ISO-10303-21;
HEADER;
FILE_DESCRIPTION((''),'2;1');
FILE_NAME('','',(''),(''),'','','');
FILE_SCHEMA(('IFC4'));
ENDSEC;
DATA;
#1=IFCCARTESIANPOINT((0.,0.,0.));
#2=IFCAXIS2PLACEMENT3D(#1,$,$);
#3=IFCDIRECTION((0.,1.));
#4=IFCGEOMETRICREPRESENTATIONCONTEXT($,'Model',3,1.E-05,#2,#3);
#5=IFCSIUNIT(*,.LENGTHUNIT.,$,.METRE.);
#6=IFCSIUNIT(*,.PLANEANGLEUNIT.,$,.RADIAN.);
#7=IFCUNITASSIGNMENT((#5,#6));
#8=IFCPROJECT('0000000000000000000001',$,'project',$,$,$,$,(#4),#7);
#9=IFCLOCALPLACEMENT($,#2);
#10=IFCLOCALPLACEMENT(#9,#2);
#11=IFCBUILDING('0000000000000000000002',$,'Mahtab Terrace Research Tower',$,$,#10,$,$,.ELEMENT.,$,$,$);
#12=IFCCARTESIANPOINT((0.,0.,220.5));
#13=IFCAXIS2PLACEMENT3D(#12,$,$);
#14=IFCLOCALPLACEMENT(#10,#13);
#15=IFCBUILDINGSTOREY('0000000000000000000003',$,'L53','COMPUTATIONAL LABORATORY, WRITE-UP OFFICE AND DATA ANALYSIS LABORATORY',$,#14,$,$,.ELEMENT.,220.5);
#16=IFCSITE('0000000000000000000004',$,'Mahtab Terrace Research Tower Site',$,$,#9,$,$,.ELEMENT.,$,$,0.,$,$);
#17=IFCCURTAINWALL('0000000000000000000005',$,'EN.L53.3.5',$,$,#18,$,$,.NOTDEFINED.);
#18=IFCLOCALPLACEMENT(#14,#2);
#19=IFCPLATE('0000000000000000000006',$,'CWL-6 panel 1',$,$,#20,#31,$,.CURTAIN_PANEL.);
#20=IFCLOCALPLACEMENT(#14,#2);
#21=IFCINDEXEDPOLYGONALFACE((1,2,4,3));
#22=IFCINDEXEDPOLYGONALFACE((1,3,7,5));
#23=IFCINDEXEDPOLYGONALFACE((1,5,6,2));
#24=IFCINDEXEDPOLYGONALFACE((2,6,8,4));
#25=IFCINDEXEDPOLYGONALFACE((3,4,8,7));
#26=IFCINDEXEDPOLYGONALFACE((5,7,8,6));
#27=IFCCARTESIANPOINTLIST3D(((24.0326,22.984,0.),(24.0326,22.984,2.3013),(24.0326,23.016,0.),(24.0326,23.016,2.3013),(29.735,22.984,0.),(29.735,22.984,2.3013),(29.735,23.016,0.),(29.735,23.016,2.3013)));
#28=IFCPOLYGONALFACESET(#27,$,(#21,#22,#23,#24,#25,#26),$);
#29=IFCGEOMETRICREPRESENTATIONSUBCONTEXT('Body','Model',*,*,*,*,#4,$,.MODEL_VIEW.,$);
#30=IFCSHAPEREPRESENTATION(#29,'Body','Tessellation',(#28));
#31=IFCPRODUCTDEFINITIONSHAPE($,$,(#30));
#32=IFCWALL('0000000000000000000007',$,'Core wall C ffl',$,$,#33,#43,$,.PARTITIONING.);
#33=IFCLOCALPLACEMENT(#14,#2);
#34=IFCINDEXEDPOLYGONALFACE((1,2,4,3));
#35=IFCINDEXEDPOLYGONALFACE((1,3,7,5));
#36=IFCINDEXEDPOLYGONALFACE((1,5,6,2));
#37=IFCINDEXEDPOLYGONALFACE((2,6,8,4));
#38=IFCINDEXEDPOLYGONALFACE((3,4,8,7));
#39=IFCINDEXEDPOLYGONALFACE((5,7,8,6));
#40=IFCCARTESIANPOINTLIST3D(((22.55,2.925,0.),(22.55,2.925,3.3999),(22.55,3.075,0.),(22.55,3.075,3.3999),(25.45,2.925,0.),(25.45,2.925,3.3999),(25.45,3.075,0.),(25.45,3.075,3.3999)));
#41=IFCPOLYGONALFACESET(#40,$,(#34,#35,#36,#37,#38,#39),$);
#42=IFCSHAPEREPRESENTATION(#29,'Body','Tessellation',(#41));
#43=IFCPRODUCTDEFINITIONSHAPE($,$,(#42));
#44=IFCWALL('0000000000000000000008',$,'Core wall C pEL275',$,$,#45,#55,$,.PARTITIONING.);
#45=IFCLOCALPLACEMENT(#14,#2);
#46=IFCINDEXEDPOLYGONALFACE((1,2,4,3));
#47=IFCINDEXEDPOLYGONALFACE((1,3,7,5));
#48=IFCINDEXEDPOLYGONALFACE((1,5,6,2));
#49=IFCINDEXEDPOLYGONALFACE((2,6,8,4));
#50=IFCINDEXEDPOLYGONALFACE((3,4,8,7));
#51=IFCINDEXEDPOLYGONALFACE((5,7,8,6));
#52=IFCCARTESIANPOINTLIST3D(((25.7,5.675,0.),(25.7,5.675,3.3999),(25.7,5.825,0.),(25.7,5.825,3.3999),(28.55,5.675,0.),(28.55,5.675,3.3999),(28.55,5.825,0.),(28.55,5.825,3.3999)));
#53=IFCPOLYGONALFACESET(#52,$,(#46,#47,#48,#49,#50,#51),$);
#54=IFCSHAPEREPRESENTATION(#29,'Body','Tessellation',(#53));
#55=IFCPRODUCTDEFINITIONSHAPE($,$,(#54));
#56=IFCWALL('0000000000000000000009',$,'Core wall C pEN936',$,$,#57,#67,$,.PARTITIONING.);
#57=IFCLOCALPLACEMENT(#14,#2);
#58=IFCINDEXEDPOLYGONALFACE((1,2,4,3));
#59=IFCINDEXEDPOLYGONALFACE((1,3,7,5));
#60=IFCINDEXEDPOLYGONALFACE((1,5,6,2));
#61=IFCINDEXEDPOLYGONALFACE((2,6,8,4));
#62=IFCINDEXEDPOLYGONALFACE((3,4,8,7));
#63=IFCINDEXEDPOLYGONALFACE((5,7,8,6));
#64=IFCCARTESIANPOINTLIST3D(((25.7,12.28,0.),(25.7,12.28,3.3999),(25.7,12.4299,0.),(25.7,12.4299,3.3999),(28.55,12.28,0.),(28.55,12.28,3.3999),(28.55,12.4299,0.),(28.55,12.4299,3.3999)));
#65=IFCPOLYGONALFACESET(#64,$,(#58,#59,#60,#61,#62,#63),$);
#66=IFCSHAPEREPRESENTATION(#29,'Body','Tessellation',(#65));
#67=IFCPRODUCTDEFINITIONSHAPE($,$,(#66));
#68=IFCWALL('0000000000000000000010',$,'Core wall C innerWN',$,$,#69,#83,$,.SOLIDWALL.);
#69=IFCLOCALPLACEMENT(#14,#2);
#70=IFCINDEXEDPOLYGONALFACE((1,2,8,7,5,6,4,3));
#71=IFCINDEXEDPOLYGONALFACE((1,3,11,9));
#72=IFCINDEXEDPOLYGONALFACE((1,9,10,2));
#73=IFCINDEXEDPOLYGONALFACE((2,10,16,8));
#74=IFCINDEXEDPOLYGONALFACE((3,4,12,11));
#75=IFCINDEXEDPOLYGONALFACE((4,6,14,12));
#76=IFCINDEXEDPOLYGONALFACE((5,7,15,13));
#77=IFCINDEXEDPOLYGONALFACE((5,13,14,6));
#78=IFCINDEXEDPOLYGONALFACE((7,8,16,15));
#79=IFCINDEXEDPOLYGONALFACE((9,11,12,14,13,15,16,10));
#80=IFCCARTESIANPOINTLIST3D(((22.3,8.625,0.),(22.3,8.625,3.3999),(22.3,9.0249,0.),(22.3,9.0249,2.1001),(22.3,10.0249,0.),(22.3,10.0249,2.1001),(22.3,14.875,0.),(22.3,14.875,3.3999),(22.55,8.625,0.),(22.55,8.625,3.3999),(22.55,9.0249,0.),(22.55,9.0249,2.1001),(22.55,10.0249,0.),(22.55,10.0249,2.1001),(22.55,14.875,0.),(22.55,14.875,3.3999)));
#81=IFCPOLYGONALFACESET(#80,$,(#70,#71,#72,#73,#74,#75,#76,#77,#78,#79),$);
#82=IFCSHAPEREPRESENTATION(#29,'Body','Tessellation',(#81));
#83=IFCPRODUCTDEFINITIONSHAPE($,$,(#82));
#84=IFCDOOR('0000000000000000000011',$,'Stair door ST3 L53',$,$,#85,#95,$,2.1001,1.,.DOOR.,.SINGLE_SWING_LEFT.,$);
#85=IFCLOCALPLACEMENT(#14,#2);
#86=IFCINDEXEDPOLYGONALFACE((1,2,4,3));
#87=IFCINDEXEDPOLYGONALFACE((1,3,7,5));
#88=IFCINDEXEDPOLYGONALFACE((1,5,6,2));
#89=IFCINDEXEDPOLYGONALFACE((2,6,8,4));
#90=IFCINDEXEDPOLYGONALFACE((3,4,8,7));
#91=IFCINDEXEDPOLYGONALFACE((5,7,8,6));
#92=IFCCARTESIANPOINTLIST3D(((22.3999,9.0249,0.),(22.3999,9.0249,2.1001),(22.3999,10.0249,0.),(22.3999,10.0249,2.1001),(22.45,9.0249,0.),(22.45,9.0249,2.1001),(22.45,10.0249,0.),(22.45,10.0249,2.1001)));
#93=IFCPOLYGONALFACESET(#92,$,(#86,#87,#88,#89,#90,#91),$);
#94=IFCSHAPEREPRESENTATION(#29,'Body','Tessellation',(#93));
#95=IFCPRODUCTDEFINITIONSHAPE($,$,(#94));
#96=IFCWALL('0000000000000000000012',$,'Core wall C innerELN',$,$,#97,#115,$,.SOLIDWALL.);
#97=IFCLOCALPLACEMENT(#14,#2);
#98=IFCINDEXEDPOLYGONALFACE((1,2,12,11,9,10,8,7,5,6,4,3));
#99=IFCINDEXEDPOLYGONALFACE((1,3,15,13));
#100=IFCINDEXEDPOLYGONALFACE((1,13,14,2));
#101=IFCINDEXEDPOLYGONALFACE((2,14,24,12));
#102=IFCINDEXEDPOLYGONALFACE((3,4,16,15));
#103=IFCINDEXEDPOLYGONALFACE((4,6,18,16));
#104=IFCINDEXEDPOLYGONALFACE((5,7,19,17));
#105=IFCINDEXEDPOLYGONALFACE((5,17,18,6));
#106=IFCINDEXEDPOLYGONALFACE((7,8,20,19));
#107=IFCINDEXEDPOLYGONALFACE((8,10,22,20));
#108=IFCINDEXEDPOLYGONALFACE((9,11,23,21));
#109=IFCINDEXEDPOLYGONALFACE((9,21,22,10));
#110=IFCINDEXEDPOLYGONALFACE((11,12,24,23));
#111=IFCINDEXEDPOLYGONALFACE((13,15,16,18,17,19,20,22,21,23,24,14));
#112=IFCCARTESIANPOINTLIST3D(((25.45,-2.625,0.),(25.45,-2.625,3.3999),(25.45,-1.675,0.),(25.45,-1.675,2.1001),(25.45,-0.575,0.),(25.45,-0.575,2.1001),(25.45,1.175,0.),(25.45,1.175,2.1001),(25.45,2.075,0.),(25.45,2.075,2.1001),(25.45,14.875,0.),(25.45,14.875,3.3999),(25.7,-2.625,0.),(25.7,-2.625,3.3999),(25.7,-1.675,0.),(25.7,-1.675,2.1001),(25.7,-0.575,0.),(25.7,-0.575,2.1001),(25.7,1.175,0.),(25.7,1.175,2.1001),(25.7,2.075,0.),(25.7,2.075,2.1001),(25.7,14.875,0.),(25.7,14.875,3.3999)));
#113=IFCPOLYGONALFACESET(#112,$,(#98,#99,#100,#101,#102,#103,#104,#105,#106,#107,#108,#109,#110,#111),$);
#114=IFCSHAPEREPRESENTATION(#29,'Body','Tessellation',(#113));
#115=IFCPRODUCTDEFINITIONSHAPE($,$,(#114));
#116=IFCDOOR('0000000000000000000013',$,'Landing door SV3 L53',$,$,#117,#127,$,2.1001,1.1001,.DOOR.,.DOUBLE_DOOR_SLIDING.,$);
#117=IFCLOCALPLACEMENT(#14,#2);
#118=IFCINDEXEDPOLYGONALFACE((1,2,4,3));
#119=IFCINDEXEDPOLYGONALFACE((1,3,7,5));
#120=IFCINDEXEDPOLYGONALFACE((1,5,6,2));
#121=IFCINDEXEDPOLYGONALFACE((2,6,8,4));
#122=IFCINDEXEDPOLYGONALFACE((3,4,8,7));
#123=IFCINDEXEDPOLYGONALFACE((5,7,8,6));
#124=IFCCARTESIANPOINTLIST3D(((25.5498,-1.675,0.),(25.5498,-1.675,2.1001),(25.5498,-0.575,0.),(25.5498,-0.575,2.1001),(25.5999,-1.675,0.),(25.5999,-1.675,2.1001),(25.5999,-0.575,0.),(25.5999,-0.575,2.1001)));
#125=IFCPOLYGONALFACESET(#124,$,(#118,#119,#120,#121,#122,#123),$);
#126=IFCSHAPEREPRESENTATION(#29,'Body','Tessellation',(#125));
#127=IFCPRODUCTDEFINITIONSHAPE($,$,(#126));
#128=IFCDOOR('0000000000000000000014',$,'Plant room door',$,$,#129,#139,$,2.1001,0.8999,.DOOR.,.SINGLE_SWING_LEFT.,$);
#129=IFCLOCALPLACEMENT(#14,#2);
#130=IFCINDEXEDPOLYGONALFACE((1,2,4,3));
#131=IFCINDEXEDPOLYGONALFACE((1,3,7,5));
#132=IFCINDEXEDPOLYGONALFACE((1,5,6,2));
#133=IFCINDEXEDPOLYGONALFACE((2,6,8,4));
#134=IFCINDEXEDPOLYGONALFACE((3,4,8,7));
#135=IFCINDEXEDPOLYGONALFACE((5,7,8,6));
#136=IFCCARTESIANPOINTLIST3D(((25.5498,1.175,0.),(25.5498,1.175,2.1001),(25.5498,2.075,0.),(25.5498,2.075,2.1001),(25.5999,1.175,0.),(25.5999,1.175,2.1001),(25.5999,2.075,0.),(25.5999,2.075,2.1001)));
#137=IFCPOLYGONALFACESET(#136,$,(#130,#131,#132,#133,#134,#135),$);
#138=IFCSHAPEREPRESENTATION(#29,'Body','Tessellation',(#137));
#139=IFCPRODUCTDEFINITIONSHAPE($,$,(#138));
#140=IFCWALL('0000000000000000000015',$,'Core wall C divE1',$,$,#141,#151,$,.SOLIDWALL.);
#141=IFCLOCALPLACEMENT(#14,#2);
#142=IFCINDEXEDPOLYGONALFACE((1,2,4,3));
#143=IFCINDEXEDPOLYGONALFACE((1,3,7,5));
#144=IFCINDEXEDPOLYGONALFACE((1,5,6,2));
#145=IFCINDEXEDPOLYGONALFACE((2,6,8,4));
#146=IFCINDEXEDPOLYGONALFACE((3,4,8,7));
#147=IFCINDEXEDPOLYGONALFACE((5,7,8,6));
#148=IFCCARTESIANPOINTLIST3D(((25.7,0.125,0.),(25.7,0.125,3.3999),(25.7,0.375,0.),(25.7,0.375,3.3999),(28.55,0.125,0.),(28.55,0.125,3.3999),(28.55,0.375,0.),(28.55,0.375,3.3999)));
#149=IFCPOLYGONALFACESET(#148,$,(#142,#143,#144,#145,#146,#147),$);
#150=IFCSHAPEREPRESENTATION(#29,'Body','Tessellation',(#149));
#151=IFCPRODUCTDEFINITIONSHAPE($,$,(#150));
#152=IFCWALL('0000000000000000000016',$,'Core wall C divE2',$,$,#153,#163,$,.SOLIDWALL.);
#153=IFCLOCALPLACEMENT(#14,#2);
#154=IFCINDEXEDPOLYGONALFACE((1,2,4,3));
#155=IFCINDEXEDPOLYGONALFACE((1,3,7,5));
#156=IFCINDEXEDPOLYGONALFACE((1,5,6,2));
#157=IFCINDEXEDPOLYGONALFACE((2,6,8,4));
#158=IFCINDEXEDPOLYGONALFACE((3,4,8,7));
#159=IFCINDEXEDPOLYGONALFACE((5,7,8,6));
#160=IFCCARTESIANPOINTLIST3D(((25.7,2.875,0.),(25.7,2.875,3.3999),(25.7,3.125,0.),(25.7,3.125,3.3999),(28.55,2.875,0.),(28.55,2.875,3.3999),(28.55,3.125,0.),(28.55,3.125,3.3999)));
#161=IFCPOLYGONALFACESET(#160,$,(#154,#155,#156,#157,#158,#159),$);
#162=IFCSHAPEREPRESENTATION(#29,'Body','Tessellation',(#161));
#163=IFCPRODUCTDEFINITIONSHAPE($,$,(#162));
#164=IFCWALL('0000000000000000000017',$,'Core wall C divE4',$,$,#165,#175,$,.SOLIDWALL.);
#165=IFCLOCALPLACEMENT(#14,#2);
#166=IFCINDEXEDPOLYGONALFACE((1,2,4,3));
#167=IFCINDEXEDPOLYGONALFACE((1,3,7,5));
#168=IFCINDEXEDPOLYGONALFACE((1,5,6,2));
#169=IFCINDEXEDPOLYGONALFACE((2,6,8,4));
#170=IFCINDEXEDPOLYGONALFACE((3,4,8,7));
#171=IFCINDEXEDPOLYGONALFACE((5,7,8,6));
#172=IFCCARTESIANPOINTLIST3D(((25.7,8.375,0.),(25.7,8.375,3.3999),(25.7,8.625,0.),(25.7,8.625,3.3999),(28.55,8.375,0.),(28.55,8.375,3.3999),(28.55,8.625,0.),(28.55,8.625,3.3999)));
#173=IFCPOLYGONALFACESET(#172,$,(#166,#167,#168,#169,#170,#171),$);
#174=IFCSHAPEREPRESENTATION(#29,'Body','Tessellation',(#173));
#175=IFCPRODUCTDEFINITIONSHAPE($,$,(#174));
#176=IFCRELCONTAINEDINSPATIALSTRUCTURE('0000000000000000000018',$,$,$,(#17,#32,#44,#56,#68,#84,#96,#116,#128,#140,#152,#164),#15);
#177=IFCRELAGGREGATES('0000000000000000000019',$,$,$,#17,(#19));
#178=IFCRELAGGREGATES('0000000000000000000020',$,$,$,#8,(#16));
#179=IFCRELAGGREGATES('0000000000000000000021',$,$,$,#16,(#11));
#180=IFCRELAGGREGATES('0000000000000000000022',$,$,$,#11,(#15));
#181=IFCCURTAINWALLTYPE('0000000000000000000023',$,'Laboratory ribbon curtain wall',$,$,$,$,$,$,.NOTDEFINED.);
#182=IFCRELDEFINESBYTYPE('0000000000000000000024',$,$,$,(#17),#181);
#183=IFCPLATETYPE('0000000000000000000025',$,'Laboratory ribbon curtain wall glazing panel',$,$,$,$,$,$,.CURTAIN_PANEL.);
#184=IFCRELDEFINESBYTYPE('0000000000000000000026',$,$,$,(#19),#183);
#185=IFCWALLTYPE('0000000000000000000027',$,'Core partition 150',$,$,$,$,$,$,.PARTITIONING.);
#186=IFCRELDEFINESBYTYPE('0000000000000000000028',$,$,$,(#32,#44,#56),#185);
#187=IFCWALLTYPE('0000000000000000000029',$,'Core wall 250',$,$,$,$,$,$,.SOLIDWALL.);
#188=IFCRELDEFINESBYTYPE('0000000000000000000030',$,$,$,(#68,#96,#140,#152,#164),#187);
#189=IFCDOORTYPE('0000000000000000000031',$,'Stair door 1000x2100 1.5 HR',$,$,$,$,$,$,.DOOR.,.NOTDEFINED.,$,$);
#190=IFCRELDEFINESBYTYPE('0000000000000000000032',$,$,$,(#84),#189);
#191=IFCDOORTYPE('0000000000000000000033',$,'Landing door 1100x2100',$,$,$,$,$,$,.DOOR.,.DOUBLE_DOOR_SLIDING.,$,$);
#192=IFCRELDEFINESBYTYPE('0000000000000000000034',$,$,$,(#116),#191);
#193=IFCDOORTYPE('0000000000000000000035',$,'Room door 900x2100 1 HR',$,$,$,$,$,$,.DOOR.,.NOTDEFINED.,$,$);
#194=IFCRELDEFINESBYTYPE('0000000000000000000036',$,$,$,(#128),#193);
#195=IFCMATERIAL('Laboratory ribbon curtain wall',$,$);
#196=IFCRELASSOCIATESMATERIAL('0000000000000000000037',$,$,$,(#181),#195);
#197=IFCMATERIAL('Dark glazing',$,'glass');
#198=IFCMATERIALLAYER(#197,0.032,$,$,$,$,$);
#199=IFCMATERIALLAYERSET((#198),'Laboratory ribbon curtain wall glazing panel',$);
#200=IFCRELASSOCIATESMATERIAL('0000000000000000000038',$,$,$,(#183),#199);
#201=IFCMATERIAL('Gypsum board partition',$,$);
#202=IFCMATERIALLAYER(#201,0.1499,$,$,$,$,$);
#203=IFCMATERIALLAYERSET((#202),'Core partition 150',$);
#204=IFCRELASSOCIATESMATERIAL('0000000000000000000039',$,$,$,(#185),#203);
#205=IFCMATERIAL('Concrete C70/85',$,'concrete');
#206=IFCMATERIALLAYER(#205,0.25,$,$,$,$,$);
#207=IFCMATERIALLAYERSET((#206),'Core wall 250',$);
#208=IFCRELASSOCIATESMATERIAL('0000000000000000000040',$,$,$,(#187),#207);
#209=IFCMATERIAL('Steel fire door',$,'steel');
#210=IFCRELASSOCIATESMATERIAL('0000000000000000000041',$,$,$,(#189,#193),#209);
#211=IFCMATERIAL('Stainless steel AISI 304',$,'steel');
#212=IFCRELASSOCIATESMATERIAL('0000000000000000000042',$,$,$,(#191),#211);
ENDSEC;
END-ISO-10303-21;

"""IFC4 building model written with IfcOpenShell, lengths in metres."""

from ifc_helpers import new_model, si_unit, direction, frame, frame_2d, origin, origin_2d, place, context, subcontext, project, spatial, rectangle, extrude, material, layer, layer_set, type_object, element, fill, aggregate, save


model = new_model("IFC4")

# Units and contexts
model_context = context("Model", 3, precision=1e-05, world=origin(), true_north=direction((0.0, 1.0)))
body_context = subcontext(model_context, "Body", "Model", "MODEL_VIEW")
ifc_project = project(units=[si_unit("LENGTHUNIT", "METRE"), si_unit("PLANEANGLEUNIT", "RADIAN")], contexts=[model_context])

# Site, building, storey
site_placement = place(None, origin())
site = spatial("IfcSite", under=ifc_project, at=site_placement, Name="Mahtab Terrace Research Tower Site", CompositionType="ELEMENT", RefElevation=0.0)
building_placement = place(site_placement, origin())
building = spatial("IfcBuilding", under=site, at=building_placement, Name="Mahtab Terrace Research Tower", CompositionType="ELEMENT")
storey_placement = place(building_placement, frame((0.0, 0.0, 220.5)))
storey = spatial("IfcBuildingStorey", under=building, at=storey_placement, Name="L53", Description="COMPUTATIONAL LABORATORY, WRITE-UP OFFICE AND DATA ANALYSIS LABORATORY", CompositionType="ELEMENT", Elevation=220.5)

# Shared definitions
ifc_material_1 = material(Name="Concrete C70/85", Category="concrete")

# Curtain wall
ifc_material_2 = material(Name="Laboratory ribbon curtain wall")
curtain_wall_type = type_object("IfcCurtainWallType", Name="Laboratory ribbon curtain wall", PredefinedType="NOTDEFINED", material=ifc_material_2)
curtain_wall_placement = place(storey_placement, origin())
curtain_wall = element("IfcCurtainWall", 1, at=curtain_wall_placement, inside=storey, type_object=curtain_wall_type, Name="EN.L53.3.5", PredefinedType="NOTDEFINED")

# Plate
ifc_material_3 = material(Name="Dark glazing", Category="glass")
ifc_layer_1 = layer(ifc_material_3, 0.032)
ifc_layer_set_1 = layer_set([ifc_layer_1], Name="Laboratory ribbon curtain wall glazing panel")
plate_type = type_object("IfcPlateType", Name="Laboratory ribbon curtain wall glazing panel", PredefinedType="CURTAIN_PANEL", material=ifc_layer_set_1)
plate_placement = place(storey_placement, frame((26.8838, 23.0, 0.0), z_axis=(0.0, 0.0, 1.0), x_axis=(-1.0, 0.0, 0.0)))
plate = element("IfcPlate", 2, at=plate_placement, type_object=plate_type, Name="CWL-6 panel 1", PredefinedType="CURTAIN_PANEL", context=body_context, shape_type="SweptSolid", body=[
    extrude(rectangle(XDim=5.7024, YDim=0.032, at=origin_2d()), origin(), (0.0, 0.0, 1.0), 2.3013),
])
aggregate(curtain_wall, [plate])

# Walls
ifc_material_4 = material(Name="Gypsum board partition")
ifc_layer_2 = layer(ifc_material_4, 0.1499)
ifc_layer_set_2 = layer_set([ifc_layer_2], Name="Core partition 150")
wall_type_1 = type_object("IfcWallType", Name="Core partition 150", PredefinedType="PARTITIONING", material=ifc_layer_set_2)
wall_1_placement = place(storey_placement, frame((22.55, 3.0, 0.0), z_axis=(0.0, 0.0, 1.0), x_axis=(1.0, 0.0, 0.0)))
element("IfcWall", 3, at=wall_1_placement, inside=storey, type_object=wall_type_1, Name="Core wall C ffl", PredefinedType="PARTITIONING", context=body_context, shape_type="SweptSolid", body=[
    extrude(rectangle(XDim=2.8999, YDim=0.1499, at=frame_2d((1.45, 0.0))), origin(), (0.0, 0.0, 1.0), 3.3999),
])
for number, where, z_axis, x_axis, name in (
    (4, (25.7, 5.75, 0.0), (0.0, 0.0, 1.0), (1.0, 0.0, 0.0), "Core wall C pEL275"),
    (5, (25.7, 12.355, 0.0), (0.0, 0.0, 1.0), (1.0, 0.0, 0.0), "Core wall C pEN936"),
):
    element("IfcWall", number, at=place(storey_placement, frame(where, z_axis=z_axis, x_axis=x_axis)), inside=storey, type_object=wall_type_1, Name=name, PredefinedType="PARTITIONING", context=body_context, shape_type="SweptSolid", body=[
        extrude(rectangle(XDim=2.8501, YDim=0.1499, at=frame_2d((1.425, 0.0))), origin(), (0.0, 0.0, 1.0), 3.3999),
    ])

# Wall, opening, door
ifc_layer_3 = layer(ifc_material_1, 0.25)
ifc_layer_set_3 = layer_set([ifc_layer_3], Name="Core wall 250")
wall_type_2 = type_object("IfcWallType", Name="Core wall 250", PredefinedType="SOLIDWALL", material=ifc_layer_set_3)
wall_2_placement = place(storey_placement, frame((22.425, 14.875, 0.0), z_axis=(0.0, 0.0, 1.0), x_axis=(0.0, -1.0, 0.0)))
wall_2 = element("IfcWall", 6, at=wall_2_placement, inside=storey, type_object=wall_type_2, Name="Core wall C innerWN", PredefinedType="SOLIDWALL", context=body_context, shape_type="SweptSolid", body=[
    extrude(rectangle(XDim=6.25, YDim=0.25, at=frame_2d((3.125, 0.0))), origin(), (0.0, 0.0, 1.0), 3.3999),
])
opening_1_placement = place(wall_2_placement, frame((4.8501, 0.0, 0.0)))
opening_1 = element("IfcOpeningElement", 7, at=opening_1_placement, cuts=wall_2, PredefinedType="OPENING", context=body_context, shape_type="SweptSolid", body=[
    extrude(rectangle(XDim=1.0, YDim=2.1001, at=frame_2d((0.5, 1.05))), frame((0.0, 0.135, 0.0), z_axis=(0.0, -1.0, 0.0), x_axis=(1.0, 0.0, 0.0)), (0.0, 0.0, 1.0), 0.27),
])
ifc_material_5 = material(Name="Steel fire door", Category="steel")
door_type_1 = type_object("IfcDoorType", Name="Stair door 1000x2100 1.5 HR", OperationType="NOTDEFINED", PredefinedType="DOOR", material=ifc_material_5)
door_1_placement = place(opening_1_placement, origin())
door_1 = element("IfcDoor", 8, at=door_1_placement, inside=storey, type_object=door_type_1, Name="Stair door ST3 L53", OperationType="SINGLE_SWING_LEFT", OverallHeight=2.1001, OverallWidth=1.0, PredefinedType="DOOR", context=body_context, shape_type="SweptSolid", body=[
    extrude(rectangle(XDim=1.0, YDim=2.1001, at=frame_2d((0.5, 1.05))), frame((0.0, 0.0249, 0.0), z_axis=(0.0, -1.0, 0.0), x_axis=(1.0, 0.0, 0.0)), (0.0, 0.0, 1.0), 0.05),
])
fill(opening_1, door_1)

# Wall, openings, doors
wall_3_placement = place(storey_placement, frame((25.575, 14.875, 0.0), z_axis=(0.0, 0.0, 1.0), x_axis=(0.0, -1.0, 0.0)))
wall_3 = element("IfcWall", 9, at=wall_3_placement, inside=storey, type_object=wall_type_2, Name="Core wall C innerELN", PredefinedType="SOLIDWALL", context=body_context, shape_type="SweptSolid", body=[
    extrude(rectangle(XDim=17.5, YDim=0.25, at=frame_2d((8.75, 0.0))), origin(), (0.0, 0.0, 1.0), 3.3999),
])
opening_2_placement = place(wall_3_placement, frame((15.45, 0.0, 0.0)))
opening_2 = element("IfcOpeningElement", 10, at=opening_2_placement, cuts=wall_3, PredefinedType="OPENING", context=body_context, shape_type="SweptSolid", body=[
    extrude(rectangle(XDim=1.1001, YDim=2.1001, at=frame_2d((0.55, 1.05))), frame((0.0, 0.135, 0.0), z_axis=(0.0, -1.0, 0.0), x_axis=(1.0, 0.0, 0.0)), (0.0, 0.0, 1.0), 0.27),
])
opening_3_placement = place(wall_3_placement, frame((12.8, 0.0, 0.0)))
opening_3 = element("IfcOpeningElement", 11, at=opening_3_placement, cuts=wall_3, PredefinedType="OPENING", context=body_context, shape_type="SweptSolid", body=[
    extrude(rectangle(XDim=0.8999, YDim=2.1001, at=frame_2d((0.45, 1.05))), frame((0.0, 0.135, 0.0), z_axis=(0.0, -1.0, 0.0), x_axis=(1.0, 0.0, 0.0)), (0.0, 0.0, 1.0), 0.27),
])
ifc_material_6 = material(Name="Stainless steel AISI 304", Category="steel")
door_type_2 = type_object("IfcDoorType", Name="Landing door 1100x2100", OperationType="DOUBLE_DOOR_SLIDING", PredefinedType="DOOR", material=ifc_material_6)
door_2_placement = place(opening_2_placement, origin())
door_2 = element("IfcDoor", 12, at=door_2_placement, inside=storey, type_object=door_type_2, Name="Landing door SV3 L53", OperationType="DOUBLE_DOOR_SLIDING", OverallHeight=2.1001, OverallWidth=1.1001, PredefinedType="DOOR", context=body_context, shape_type="SweptSolid", body=[
    extrude(rectangle(XDim=1.1001, YDim=2.1001, at=frame_2d((0.55, 1.05))), frame((0.0, 0.0249, 0.0), z_axis=(0.0, -1.0, 0.0), x_axis=(1.0, 0.0, 0.0)), (0.0, 0.0, 1.0), 0.05),
])
fill(opening_2, door_2)
door_type_3 = type_object("IfcDoorType", Name="Room door 900x2100 1 HR", OperationType="NOTDEFINED", PredefinedType="DOOR", material=ifc_material_5)
door_3_placement = place(opening_3_placement, origin())
door_3 = element("IfcDoor", 13, at=door_3_placement, inside=storey, type_object=door_type_3, Name="Plant room door", OperationType="SINGLE_SWING_LEFT", OverallHeight=2.1001, OverallWidth=0.8999, PredefinedType="DOOR", context=body_context, shape_type="SweptSolid", body=[
    extrude(rectangle(XDim=0.8999, YDim=2.1001, at=frame_2d((0.45, 1.05))), frame((0.0, 0.0249, 0.0), z_axis=(0.0, -1.0, 0.0), x_axis=(1.0, 0.0, 0.0)), (0.0, 0.0, 1.0), 0.05),
])
fill(opening_3, door_3)

# Walls
for number, where, z_axis, x_axis, name in (
    (14, (25.7, 0.25, 0.0), (0.0, 0.0, 1.0), (1.0, 0.0, 0.0), "Core wall C divE1"),
    (15, (25.7, 3.0, 0.0), (0.0, 0.0, 1.0), (1.0, 0.0, 0.0), "Core wall C divE2"),
    (16, (25.7, 8.5, 0.0), (0.0, 0.0, 1.0), (1.0, 0.0, 0.0), "Core wall C divE4"),
):
    element("IfcWall", number, at=place(storey_placement, frame(where, z_axis=z_axis, x_axis=x_axis)), inside=storey, type_object=wall_type_2, Name=name, PredefinedType="SOLIDWALL", context=body_context, shape_type="SweptSolid", body=[
        extrude(rectangle(XDim=2.8501, YDim=0.25, at=frame_2d((1.425, 0.0))), origin(), (0.0, 0.0, 1.0), 3.3999),
    ])

save(model, "model.ifc")
